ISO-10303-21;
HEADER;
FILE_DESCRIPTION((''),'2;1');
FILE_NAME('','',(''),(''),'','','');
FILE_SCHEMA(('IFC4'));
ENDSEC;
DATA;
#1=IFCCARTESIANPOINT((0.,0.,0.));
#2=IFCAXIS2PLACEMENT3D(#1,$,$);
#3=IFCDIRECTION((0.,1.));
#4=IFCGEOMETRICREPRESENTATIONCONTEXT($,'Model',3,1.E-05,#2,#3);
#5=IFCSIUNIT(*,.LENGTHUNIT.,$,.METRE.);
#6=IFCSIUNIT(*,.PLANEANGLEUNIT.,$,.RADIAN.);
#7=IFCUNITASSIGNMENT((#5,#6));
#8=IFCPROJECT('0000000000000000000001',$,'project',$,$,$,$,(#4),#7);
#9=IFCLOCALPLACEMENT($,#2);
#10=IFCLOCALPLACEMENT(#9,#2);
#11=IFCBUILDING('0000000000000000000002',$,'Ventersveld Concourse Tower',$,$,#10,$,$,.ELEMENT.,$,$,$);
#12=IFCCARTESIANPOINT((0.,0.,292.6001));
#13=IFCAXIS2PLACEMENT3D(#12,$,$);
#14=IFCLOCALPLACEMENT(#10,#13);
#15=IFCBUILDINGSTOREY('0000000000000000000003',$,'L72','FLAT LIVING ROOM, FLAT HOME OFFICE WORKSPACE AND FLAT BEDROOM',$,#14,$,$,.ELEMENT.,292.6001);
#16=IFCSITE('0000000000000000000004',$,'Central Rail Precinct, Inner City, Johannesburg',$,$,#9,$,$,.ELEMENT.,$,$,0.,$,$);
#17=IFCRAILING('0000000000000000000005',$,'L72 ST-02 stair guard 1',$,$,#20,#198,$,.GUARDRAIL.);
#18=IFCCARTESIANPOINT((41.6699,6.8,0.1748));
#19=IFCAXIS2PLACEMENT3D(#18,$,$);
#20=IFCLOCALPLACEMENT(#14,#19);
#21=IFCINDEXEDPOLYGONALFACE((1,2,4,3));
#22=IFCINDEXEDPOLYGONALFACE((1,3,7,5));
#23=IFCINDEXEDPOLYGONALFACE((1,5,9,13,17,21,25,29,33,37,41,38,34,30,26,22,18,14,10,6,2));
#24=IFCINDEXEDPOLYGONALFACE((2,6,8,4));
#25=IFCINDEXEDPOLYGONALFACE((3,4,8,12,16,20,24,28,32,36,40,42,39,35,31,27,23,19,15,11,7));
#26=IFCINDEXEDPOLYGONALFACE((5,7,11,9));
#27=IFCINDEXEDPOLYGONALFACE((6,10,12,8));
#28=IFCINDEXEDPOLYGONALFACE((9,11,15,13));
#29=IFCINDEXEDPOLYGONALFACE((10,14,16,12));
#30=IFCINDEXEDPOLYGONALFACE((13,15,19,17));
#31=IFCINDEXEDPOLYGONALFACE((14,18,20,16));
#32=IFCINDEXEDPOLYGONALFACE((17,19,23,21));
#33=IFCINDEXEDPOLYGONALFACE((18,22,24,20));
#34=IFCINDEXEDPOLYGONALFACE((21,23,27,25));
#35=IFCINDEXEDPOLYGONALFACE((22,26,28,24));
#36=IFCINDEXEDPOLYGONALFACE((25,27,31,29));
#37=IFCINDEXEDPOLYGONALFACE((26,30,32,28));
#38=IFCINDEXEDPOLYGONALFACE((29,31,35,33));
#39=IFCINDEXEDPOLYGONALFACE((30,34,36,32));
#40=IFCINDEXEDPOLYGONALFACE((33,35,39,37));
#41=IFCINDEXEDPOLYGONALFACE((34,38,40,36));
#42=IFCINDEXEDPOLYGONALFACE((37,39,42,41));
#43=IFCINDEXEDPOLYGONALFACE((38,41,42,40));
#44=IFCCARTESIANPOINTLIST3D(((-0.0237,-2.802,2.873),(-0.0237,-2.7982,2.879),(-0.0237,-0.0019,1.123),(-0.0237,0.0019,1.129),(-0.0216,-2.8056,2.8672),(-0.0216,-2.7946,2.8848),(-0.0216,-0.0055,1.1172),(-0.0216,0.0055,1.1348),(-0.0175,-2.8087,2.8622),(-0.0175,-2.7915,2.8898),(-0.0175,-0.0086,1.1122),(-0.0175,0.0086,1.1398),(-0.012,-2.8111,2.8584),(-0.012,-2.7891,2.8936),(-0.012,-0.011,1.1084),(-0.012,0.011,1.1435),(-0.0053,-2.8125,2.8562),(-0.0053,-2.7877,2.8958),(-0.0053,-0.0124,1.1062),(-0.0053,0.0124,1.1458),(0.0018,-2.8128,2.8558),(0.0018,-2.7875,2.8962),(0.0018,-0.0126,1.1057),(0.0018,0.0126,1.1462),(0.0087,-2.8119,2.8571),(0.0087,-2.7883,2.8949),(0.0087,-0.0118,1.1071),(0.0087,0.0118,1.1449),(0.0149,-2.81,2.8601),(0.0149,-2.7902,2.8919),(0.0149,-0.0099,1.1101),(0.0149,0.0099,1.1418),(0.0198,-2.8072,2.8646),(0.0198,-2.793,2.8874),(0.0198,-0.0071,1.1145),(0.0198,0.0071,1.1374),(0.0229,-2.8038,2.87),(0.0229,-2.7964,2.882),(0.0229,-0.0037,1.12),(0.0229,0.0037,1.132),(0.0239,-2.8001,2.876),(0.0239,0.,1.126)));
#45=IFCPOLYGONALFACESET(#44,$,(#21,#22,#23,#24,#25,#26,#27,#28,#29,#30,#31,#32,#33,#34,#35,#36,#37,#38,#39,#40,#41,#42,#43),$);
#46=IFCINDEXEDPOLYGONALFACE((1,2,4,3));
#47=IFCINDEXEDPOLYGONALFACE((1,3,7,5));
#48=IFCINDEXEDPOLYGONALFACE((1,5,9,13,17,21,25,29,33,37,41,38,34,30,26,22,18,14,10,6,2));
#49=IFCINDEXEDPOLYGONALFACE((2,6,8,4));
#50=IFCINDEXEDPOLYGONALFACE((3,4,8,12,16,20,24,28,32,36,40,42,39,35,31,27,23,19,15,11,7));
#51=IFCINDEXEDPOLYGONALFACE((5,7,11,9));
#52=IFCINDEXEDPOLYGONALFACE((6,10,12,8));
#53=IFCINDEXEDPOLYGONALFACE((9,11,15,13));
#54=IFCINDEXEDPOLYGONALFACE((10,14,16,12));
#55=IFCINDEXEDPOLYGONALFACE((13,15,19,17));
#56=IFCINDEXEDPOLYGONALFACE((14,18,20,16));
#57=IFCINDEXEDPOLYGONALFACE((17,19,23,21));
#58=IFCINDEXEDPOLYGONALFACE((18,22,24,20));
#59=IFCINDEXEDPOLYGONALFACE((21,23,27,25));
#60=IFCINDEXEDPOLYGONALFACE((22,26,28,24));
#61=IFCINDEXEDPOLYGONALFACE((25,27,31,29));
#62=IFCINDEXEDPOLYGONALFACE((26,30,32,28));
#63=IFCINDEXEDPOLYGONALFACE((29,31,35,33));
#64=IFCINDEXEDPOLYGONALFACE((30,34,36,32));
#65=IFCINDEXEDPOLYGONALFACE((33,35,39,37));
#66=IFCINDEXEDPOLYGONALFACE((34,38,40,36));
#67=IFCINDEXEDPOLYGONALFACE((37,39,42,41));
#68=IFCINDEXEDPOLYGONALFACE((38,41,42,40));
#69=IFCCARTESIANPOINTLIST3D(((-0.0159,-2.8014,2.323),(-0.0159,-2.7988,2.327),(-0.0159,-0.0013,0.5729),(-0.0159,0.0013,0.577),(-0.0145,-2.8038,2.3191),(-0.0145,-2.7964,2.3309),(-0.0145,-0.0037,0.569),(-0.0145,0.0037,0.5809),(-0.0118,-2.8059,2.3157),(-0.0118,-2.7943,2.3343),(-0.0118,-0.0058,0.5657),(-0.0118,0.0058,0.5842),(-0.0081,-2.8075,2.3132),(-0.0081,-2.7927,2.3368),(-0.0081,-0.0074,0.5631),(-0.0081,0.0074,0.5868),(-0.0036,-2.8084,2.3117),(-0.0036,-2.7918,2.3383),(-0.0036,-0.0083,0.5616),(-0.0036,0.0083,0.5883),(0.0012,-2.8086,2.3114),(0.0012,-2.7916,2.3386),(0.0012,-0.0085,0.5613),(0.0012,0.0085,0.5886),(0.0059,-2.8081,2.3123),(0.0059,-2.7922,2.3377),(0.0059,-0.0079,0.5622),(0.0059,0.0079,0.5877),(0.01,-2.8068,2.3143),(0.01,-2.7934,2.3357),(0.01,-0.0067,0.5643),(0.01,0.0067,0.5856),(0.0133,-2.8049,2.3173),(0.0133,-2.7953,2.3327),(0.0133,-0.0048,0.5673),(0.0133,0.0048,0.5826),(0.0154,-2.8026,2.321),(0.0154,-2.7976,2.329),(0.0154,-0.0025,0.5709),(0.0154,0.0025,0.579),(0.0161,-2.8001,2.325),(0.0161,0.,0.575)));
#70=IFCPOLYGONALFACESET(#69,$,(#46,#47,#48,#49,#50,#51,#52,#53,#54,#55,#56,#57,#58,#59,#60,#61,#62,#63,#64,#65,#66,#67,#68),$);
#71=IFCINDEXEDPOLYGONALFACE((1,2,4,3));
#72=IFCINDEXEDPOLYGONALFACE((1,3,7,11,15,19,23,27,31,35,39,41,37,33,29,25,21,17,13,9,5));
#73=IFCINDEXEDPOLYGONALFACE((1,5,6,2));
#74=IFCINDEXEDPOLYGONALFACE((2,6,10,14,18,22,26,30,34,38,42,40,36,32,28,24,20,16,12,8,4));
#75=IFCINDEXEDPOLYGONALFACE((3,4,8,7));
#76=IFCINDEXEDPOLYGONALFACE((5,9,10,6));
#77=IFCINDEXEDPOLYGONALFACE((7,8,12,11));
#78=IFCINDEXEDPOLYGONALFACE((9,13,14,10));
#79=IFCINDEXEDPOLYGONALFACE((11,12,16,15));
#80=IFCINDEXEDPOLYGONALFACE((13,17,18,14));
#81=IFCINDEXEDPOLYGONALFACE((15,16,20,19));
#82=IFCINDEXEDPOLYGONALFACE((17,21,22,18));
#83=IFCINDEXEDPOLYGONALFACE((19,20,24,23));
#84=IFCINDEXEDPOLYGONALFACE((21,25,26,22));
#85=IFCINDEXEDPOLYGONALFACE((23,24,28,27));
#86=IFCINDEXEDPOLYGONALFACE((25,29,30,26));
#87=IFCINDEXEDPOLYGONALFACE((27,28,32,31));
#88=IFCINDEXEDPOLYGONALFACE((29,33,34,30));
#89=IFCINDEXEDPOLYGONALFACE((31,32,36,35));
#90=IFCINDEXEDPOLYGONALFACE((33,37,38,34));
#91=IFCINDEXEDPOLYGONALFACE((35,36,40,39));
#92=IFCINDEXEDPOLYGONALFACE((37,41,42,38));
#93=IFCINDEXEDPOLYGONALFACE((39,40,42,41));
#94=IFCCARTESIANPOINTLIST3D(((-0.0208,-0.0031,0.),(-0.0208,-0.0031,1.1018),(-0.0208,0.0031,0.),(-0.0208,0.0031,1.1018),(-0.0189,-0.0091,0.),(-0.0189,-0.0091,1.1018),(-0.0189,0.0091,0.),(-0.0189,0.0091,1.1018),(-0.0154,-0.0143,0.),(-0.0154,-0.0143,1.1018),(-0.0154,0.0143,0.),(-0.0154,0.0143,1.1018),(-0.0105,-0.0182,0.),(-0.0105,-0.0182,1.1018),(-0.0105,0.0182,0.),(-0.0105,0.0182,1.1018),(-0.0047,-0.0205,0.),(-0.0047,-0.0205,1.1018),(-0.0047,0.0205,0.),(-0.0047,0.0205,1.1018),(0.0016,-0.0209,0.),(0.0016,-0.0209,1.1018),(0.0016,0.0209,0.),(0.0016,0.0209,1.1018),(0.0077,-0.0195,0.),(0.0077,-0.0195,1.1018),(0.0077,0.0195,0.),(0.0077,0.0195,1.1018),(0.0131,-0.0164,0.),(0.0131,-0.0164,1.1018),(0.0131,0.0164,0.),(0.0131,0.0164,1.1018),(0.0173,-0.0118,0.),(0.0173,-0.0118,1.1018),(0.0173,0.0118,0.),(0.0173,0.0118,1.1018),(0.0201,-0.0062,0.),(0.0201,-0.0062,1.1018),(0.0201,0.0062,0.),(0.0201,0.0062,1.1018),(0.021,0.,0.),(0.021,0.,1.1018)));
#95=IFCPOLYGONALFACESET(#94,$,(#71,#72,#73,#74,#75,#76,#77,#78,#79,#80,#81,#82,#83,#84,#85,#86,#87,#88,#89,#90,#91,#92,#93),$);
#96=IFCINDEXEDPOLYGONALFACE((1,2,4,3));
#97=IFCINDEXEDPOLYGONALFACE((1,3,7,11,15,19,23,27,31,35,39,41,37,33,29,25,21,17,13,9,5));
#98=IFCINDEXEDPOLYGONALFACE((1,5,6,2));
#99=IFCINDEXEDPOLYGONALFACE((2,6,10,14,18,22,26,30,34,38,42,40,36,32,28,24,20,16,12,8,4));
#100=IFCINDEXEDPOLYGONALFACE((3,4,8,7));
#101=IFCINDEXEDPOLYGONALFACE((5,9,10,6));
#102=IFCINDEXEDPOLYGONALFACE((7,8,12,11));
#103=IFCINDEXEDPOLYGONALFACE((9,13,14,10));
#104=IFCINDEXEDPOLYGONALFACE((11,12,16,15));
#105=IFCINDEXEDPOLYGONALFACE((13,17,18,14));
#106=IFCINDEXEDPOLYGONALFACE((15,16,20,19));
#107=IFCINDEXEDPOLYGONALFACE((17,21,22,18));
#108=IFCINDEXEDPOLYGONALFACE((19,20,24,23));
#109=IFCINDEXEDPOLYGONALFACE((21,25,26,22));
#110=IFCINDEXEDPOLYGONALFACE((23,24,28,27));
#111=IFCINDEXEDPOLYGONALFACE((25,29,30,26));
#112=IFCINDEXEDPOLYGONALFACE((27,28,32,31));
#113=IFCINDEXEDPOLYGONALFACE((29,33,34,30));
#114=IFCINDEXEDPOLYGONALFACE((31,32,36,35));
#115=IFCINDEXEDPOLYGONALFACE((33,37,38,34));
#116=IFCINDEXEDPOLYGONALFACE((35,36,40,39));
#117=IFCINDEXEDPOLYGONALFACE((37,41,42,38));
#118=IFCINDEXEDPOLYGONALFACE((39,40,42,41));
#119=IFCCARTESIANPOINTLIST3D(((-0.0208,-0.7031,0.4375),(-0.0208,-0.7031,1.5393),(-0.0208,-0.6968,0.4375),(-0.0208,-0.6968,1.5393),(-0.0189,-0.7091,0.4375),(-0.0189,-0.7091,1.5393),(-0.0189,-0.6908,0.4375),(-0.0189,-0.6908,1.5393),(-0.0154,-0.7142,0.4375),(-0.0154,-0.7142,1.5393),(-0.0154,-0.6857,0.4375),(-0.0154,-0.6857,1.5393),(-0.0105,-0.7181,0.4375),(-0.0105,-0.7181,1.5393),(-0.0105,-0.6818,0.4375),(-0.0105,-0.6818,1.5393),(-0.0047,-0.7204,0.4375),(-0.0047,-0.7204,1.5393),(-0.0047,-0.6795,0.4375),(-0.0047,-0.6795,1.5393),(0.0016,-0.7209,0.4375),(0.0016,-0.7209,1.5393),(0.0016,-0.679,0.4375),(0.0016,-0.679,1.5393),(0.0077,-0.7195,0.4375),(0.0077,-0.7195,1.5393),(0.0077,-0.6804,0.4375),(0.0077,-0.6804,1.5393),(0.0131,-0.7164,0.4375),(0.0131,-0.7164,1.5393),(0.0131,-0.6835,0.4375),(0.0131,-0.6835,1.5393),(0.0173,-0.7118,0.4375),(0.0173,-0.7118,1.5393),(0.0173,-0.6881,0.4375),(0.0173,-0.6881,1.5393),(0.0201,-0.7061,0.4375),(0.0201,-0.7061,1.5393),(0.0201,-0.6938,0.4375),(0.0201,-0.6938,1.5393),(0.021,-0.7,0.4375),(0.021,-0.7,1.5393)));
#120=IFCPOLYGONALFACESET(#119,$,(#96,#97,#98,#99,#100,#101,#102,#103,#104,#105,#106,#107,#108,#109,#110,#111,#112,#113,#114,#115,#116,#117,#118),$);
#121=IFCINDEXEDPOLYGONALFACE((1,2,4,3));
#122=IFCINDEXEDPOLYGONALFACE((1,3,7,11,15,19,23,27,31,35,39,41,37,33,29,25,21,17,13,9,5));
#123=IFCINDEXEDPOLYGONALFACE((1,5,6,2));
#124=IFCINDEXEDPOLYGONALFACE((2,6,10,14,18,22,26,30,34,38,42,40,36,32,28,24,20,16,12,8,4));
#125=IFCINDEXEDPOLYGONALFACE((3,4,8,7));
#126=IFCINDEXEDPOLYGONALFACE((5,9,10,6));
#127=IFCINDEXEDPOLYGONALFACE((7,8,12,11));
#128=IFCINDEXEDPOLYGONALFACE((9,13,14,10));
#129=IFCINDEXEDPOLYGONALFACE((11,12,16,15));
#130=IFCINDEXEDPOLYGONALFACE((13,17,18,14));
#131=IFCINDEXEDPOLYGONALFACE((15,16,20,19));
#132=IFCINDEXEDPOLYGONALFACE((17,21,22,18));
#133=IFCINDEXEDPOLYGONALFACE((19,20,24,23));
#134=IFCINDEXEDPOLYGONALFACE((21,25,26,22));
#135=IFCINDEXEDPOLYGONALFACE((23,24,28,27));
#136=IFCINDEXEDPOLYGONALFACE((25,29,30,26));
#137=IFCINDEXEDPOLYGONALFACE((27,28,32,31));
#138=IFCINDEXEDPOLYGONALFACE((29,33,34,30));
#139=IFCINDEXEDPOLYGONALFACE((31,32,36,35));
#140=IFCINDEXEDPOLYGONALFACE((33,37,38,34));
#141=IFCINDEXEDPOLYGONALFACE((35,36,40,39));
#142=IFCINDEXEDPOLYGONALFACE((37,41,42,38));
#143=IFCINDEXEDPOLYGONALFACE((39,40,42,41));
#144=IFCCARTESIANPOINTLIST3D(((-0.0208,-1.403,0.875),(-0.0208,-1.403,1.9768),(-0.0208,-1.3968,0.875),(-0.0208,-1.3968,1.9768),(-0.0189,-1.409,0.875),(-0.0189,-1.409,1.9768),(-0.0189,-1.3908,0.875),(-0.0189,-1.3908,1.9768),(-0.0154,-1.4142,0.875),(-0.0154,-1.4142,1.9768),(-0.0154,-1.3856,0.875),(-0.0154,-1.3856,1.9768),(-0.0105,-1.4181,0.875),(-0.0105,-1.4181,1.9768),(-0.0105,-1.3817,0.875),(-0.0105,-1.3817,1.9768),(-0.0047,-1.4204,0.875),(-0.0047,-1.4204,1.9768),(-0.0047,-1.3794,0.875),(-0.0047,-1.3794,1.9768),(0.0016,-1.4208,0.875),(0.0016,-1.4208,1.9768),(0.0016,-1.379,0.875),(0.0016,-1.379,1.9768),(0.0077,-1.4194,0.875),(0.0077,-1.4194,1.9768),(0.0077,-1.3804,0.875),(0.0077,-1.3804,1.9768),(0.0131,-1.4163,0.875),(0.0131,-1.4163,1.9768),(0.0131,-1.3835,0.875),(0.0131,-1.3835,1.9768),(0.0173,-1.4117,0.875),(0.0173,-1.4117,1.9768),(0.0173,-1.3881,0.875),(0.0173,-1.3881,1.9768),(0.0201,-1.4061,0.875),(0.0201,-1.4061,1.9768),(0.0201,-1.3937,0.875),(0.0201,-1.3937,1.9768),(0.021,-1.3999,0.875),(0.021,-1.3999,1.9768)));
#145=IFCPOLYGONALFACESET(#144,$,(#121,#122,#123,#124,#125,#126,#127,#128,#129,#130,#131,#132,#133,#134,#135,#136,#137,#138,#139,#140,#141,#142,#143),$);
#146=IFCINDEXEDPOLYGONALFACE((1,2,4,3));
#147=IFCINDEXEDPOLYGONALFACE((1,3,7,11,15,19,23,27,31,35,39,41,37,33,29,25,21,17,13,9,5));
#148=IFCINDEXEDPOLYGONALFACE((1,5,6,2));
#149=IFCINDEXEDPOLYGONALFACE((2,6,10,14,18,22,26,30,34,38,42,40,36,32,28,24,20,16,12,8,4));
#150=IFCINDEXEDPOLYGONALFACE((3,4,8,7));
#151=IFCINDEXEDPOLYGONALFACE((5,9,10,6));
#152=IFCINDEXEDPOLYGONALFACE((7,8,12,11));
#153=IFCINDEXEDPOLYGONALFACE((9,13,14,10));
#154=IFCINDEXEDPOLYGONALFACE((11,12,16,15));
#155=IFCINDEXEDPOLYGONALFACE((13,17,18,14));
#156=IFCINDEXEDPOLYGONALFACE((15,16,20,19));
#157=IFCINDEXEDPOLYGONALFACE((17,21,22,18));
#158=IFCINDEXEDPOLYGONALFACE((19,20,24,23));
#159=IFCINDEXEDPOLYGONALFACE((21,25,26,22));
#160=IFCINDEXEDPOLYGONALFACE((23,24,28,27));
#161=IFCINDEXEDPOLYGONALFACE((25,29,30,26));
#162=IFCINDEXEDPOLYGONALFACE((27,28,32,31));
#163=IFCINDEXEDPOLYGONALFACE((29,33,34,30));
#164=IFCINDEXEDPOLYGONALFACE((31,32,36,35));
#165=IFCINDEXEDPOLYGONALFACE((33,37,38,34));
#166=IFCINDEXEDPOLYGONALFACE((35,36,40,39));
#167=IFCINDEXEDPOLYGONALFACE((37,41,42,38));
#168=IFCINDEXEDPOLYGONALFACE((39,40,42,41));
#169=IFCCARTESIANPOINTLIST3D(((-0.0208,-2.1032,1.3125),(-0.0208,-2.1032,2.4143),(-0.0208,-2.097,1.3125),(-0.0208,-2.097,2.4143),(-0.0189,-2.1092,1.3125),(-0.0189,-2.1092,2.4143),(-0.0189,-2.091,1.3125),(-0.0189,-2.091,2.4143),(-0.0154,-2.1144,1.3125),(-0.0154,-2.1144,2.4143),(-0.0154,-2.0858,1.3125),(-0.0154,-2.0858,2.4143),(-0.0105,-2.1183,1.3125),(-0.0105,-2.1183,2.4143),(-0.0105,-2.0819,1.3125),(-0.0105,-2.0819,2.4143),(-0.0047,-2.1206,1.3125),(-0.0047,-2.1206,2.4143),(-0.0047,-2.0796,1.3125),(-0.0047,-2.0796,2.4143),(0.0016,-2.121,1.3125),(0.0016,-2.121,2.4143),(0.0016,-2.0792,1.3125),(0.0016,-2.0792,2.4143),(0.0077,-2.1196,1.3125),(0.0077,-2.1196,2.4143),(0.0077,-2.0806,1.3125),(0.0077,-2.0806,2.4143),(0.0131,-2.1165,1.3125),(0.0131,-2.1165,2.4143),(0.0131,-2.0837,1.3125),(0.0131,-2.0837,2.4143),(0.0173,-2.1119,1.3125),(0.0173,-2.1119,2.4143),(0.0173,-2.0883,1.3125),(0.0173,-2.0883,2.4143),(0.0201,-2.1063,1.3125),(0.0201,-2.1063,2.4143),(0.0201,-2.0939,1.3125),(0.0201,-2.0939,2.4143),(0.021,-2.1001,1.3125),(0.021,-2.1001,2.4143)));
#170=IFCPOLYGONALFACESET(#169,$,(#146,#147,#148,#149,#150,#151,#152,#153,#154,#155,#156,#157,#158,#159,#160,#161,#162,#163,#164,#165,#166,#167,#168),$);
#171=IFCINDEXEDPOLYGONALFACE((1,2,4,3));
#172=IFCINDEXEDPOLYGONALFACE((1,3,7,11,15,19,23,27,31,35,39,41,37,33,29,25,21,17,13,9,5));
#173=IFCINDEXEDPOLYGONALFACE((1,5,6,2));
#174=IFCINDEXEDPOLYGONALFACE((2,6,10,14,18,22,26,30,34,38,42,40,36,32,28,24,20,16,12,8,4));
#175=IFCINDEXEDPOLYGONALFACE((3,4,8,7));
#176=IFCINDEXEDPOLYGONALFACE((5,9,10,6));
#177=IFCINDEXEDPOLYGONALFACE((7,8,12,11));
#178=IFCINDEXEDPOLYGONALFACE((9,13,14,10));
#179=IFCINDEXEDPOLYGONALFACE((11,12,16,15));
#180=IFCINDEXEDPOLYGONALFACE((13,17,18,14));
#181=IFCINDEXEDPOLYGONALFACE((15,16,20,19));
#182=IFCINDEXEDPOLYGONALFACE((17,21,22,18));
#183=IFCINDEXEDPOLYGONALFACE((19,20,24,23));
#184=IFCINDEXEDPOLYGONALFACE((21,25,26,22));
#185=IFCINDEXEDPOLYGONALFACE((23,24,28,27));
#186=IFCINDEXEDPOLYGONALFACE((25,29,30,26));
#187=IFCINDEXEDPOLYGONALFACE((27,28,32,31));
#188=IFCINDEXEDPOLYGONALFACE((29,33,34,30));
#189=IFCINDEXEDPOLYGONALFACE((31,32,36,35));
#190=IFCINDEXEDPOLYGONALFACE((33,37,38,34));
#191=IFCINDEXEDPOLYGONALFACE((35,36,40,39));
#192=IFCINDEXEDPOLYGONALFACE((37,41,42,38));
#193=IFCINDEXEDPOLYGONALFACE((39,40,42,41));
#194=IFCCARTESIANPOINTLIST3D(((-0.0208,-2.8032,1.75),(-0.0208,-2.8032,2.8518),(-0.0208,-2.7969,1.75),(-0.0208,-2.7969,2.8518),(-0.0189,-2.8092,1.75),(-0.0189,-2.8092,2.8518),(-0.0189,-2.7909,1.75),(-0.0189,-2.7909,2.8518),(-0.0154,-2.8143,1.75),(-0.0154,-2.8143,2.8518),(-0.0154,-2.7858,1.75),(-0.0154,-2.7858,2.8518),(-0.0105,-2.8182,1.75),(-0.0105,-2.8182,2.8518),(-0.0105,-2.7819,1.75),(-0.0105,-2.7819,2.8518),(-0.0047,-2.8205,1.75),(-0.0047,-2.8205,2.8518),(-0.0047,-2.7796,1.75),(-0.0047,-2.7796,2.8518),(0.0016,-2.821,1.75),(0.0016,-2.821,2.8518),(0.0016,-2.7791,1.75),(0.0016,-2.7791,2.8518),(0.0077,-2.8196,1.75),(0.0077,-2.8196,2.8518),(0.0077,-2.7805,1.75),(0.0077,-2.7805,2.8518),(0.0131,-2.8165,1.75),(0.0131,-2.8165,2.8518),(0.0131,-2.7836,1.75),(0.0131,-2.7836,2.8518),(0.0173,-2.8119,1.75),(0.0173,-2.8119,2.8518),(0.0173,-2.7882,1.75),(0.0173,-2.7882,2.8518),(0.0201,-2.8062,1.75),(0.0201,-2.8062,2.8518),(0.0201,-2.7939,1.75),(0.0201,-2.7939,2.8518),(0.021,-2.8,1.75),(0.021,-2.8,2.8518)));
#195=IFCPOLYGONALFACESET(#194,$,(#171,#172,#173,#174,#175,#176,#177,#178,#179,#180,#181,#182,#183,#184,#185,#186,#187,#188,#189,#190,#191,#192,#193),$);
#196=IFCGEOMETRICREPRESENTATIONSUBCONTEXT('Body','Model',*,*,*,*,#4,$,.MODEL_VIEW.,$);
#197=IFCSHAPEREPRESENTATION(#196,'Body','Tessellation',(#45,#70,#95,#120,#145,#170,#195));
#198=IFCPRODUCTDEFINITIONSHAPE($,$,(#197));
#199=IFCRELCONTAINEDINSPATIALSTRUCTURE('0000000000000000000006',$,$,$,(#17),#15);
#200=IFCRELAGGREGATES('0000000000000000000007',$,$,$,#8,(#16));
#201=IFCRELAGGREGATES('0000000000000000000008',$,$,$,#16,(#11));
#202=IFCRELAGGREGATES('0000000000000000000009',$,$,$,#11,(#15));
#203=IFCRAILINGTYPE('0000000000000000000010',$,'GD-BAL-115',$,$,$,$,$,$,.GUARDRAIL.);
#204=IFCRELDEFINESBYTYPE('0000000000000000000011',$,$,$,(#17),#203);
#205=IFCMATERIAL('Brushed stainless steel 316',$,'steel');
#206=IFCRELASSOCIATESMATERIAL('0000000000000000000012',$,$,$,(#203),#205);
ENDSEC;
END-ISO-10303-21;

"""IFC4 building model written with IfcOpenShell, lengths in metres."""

from ifc_helpers import new_model, si_unit, direction, frame, origin, origin_2d, place, context, subcontext, project, spatial, circle, extrude, material, type_object, element, save


model = new_model("IFC4")

# Units and contexts
model_context = context("Model", 3, precision=1e-05, world=origin(), true_north=direction((0.0, 1.0)))
body_context = subcontext(model_context, "Body", "Model", "MODEL_VIEW")
ifc_project = project(units=[si_unit("LENGTHUNIT", "METRE"), si_unit("PLANEANGLEUNIT", "RADIAN")], contexts=[model_context])

# Site, building, storey
site_placement = place(None, origin())
site = spatial("IfcSite", under=ifc_project, at=site_placement, Name="Central Rail Precinct, Inner City, Johannesburg", CompositionType="ELEMENT", RefElevation=0.0)
building_placement = place(site_placement, origin())
building = spatial("IfcBuilding", under=site, at=building_placement, Name="Ventersveld Concourse Tower", CompositionType="ELEMENT")
storey_placement = place(building_placement, frame((0.0, 0.0, 292.6001)))
storey = spatial("IfcBuildingStorey", under=building, at=storey_placement, Name="L72", Description="FLAT LIVING ROOM, FLAT HOME OFFICE WORKSPACE AND FLAT BEDROOM", CompositionType="ELEMENT", Elevation=292.6001)

# Shared definitions
ifc_material_1 = material(Name="Brushed stainless steel 316", Category="steel")

# Railing
railing_type_1 = type_object("IfcRailingType", Name="GD-BAL-115", PredefinedType="GUARDRAIL", material=ifc_material_1)
railing_1_placement = place(storey_placement, frame((41.6699, 6.8, 0.1748)))
element("IfcRailing", 1, at=railing_1_placement, inside=storey, type_object=railing_type_1, Name="L72 ST-02 stair guard 1", PredefinedType="GUARDRAIL", context=body_context, shape_type="SweptSolid", body=[
    extrude(circle(Radius=0.0239, at=origin_2d()), frame((0.0, 0.0, 1.126), z_axis=(0.0, -0.848002, 0.529992), x_axis=(1.0, 0.0, 0.0)), (0.0, 0.0, 1.0), 3.302),
    extrude(circle(Radius=0.0161, at=origin_2d()), frame((0.0, 0.0, 0.575), z_axis=(0.0, -0.848002, 0.529992), x_axis=(1.0, 0.0, 0.0)), (0.0, 0.0, 1.0), 3.302),
    extrude(circle(Radius=0.021, at=origin_2d()), origin(), (0.0, 0.0, 1.0), 1.1018),
    extrude(circle(Radius=0.021, at=origin_2d()), frame((0.0, -0.7, 0.4375)), (0.0, 0.0, 1.0), 1.1018),
    extrude(circle(Radius=0.021, at=origin_2d()), frame((0.0, -1.3999, 0.875)), (0.0, 0.0, 1.0), 1.1018),
    extrude(circle(Radius=0.021, at=origin_2d()), frame((0.0, -2.1001, 1.3125)), (0.0, 0.0, 1.0), 1.1018),
    extrude(circle(Radius=0.021, at=origin_2d()), frame((0.0, -2.8, 1.75)), (0.0, 0.0, 1.0), 1.1018),
])

save(model, "model.ifc")
